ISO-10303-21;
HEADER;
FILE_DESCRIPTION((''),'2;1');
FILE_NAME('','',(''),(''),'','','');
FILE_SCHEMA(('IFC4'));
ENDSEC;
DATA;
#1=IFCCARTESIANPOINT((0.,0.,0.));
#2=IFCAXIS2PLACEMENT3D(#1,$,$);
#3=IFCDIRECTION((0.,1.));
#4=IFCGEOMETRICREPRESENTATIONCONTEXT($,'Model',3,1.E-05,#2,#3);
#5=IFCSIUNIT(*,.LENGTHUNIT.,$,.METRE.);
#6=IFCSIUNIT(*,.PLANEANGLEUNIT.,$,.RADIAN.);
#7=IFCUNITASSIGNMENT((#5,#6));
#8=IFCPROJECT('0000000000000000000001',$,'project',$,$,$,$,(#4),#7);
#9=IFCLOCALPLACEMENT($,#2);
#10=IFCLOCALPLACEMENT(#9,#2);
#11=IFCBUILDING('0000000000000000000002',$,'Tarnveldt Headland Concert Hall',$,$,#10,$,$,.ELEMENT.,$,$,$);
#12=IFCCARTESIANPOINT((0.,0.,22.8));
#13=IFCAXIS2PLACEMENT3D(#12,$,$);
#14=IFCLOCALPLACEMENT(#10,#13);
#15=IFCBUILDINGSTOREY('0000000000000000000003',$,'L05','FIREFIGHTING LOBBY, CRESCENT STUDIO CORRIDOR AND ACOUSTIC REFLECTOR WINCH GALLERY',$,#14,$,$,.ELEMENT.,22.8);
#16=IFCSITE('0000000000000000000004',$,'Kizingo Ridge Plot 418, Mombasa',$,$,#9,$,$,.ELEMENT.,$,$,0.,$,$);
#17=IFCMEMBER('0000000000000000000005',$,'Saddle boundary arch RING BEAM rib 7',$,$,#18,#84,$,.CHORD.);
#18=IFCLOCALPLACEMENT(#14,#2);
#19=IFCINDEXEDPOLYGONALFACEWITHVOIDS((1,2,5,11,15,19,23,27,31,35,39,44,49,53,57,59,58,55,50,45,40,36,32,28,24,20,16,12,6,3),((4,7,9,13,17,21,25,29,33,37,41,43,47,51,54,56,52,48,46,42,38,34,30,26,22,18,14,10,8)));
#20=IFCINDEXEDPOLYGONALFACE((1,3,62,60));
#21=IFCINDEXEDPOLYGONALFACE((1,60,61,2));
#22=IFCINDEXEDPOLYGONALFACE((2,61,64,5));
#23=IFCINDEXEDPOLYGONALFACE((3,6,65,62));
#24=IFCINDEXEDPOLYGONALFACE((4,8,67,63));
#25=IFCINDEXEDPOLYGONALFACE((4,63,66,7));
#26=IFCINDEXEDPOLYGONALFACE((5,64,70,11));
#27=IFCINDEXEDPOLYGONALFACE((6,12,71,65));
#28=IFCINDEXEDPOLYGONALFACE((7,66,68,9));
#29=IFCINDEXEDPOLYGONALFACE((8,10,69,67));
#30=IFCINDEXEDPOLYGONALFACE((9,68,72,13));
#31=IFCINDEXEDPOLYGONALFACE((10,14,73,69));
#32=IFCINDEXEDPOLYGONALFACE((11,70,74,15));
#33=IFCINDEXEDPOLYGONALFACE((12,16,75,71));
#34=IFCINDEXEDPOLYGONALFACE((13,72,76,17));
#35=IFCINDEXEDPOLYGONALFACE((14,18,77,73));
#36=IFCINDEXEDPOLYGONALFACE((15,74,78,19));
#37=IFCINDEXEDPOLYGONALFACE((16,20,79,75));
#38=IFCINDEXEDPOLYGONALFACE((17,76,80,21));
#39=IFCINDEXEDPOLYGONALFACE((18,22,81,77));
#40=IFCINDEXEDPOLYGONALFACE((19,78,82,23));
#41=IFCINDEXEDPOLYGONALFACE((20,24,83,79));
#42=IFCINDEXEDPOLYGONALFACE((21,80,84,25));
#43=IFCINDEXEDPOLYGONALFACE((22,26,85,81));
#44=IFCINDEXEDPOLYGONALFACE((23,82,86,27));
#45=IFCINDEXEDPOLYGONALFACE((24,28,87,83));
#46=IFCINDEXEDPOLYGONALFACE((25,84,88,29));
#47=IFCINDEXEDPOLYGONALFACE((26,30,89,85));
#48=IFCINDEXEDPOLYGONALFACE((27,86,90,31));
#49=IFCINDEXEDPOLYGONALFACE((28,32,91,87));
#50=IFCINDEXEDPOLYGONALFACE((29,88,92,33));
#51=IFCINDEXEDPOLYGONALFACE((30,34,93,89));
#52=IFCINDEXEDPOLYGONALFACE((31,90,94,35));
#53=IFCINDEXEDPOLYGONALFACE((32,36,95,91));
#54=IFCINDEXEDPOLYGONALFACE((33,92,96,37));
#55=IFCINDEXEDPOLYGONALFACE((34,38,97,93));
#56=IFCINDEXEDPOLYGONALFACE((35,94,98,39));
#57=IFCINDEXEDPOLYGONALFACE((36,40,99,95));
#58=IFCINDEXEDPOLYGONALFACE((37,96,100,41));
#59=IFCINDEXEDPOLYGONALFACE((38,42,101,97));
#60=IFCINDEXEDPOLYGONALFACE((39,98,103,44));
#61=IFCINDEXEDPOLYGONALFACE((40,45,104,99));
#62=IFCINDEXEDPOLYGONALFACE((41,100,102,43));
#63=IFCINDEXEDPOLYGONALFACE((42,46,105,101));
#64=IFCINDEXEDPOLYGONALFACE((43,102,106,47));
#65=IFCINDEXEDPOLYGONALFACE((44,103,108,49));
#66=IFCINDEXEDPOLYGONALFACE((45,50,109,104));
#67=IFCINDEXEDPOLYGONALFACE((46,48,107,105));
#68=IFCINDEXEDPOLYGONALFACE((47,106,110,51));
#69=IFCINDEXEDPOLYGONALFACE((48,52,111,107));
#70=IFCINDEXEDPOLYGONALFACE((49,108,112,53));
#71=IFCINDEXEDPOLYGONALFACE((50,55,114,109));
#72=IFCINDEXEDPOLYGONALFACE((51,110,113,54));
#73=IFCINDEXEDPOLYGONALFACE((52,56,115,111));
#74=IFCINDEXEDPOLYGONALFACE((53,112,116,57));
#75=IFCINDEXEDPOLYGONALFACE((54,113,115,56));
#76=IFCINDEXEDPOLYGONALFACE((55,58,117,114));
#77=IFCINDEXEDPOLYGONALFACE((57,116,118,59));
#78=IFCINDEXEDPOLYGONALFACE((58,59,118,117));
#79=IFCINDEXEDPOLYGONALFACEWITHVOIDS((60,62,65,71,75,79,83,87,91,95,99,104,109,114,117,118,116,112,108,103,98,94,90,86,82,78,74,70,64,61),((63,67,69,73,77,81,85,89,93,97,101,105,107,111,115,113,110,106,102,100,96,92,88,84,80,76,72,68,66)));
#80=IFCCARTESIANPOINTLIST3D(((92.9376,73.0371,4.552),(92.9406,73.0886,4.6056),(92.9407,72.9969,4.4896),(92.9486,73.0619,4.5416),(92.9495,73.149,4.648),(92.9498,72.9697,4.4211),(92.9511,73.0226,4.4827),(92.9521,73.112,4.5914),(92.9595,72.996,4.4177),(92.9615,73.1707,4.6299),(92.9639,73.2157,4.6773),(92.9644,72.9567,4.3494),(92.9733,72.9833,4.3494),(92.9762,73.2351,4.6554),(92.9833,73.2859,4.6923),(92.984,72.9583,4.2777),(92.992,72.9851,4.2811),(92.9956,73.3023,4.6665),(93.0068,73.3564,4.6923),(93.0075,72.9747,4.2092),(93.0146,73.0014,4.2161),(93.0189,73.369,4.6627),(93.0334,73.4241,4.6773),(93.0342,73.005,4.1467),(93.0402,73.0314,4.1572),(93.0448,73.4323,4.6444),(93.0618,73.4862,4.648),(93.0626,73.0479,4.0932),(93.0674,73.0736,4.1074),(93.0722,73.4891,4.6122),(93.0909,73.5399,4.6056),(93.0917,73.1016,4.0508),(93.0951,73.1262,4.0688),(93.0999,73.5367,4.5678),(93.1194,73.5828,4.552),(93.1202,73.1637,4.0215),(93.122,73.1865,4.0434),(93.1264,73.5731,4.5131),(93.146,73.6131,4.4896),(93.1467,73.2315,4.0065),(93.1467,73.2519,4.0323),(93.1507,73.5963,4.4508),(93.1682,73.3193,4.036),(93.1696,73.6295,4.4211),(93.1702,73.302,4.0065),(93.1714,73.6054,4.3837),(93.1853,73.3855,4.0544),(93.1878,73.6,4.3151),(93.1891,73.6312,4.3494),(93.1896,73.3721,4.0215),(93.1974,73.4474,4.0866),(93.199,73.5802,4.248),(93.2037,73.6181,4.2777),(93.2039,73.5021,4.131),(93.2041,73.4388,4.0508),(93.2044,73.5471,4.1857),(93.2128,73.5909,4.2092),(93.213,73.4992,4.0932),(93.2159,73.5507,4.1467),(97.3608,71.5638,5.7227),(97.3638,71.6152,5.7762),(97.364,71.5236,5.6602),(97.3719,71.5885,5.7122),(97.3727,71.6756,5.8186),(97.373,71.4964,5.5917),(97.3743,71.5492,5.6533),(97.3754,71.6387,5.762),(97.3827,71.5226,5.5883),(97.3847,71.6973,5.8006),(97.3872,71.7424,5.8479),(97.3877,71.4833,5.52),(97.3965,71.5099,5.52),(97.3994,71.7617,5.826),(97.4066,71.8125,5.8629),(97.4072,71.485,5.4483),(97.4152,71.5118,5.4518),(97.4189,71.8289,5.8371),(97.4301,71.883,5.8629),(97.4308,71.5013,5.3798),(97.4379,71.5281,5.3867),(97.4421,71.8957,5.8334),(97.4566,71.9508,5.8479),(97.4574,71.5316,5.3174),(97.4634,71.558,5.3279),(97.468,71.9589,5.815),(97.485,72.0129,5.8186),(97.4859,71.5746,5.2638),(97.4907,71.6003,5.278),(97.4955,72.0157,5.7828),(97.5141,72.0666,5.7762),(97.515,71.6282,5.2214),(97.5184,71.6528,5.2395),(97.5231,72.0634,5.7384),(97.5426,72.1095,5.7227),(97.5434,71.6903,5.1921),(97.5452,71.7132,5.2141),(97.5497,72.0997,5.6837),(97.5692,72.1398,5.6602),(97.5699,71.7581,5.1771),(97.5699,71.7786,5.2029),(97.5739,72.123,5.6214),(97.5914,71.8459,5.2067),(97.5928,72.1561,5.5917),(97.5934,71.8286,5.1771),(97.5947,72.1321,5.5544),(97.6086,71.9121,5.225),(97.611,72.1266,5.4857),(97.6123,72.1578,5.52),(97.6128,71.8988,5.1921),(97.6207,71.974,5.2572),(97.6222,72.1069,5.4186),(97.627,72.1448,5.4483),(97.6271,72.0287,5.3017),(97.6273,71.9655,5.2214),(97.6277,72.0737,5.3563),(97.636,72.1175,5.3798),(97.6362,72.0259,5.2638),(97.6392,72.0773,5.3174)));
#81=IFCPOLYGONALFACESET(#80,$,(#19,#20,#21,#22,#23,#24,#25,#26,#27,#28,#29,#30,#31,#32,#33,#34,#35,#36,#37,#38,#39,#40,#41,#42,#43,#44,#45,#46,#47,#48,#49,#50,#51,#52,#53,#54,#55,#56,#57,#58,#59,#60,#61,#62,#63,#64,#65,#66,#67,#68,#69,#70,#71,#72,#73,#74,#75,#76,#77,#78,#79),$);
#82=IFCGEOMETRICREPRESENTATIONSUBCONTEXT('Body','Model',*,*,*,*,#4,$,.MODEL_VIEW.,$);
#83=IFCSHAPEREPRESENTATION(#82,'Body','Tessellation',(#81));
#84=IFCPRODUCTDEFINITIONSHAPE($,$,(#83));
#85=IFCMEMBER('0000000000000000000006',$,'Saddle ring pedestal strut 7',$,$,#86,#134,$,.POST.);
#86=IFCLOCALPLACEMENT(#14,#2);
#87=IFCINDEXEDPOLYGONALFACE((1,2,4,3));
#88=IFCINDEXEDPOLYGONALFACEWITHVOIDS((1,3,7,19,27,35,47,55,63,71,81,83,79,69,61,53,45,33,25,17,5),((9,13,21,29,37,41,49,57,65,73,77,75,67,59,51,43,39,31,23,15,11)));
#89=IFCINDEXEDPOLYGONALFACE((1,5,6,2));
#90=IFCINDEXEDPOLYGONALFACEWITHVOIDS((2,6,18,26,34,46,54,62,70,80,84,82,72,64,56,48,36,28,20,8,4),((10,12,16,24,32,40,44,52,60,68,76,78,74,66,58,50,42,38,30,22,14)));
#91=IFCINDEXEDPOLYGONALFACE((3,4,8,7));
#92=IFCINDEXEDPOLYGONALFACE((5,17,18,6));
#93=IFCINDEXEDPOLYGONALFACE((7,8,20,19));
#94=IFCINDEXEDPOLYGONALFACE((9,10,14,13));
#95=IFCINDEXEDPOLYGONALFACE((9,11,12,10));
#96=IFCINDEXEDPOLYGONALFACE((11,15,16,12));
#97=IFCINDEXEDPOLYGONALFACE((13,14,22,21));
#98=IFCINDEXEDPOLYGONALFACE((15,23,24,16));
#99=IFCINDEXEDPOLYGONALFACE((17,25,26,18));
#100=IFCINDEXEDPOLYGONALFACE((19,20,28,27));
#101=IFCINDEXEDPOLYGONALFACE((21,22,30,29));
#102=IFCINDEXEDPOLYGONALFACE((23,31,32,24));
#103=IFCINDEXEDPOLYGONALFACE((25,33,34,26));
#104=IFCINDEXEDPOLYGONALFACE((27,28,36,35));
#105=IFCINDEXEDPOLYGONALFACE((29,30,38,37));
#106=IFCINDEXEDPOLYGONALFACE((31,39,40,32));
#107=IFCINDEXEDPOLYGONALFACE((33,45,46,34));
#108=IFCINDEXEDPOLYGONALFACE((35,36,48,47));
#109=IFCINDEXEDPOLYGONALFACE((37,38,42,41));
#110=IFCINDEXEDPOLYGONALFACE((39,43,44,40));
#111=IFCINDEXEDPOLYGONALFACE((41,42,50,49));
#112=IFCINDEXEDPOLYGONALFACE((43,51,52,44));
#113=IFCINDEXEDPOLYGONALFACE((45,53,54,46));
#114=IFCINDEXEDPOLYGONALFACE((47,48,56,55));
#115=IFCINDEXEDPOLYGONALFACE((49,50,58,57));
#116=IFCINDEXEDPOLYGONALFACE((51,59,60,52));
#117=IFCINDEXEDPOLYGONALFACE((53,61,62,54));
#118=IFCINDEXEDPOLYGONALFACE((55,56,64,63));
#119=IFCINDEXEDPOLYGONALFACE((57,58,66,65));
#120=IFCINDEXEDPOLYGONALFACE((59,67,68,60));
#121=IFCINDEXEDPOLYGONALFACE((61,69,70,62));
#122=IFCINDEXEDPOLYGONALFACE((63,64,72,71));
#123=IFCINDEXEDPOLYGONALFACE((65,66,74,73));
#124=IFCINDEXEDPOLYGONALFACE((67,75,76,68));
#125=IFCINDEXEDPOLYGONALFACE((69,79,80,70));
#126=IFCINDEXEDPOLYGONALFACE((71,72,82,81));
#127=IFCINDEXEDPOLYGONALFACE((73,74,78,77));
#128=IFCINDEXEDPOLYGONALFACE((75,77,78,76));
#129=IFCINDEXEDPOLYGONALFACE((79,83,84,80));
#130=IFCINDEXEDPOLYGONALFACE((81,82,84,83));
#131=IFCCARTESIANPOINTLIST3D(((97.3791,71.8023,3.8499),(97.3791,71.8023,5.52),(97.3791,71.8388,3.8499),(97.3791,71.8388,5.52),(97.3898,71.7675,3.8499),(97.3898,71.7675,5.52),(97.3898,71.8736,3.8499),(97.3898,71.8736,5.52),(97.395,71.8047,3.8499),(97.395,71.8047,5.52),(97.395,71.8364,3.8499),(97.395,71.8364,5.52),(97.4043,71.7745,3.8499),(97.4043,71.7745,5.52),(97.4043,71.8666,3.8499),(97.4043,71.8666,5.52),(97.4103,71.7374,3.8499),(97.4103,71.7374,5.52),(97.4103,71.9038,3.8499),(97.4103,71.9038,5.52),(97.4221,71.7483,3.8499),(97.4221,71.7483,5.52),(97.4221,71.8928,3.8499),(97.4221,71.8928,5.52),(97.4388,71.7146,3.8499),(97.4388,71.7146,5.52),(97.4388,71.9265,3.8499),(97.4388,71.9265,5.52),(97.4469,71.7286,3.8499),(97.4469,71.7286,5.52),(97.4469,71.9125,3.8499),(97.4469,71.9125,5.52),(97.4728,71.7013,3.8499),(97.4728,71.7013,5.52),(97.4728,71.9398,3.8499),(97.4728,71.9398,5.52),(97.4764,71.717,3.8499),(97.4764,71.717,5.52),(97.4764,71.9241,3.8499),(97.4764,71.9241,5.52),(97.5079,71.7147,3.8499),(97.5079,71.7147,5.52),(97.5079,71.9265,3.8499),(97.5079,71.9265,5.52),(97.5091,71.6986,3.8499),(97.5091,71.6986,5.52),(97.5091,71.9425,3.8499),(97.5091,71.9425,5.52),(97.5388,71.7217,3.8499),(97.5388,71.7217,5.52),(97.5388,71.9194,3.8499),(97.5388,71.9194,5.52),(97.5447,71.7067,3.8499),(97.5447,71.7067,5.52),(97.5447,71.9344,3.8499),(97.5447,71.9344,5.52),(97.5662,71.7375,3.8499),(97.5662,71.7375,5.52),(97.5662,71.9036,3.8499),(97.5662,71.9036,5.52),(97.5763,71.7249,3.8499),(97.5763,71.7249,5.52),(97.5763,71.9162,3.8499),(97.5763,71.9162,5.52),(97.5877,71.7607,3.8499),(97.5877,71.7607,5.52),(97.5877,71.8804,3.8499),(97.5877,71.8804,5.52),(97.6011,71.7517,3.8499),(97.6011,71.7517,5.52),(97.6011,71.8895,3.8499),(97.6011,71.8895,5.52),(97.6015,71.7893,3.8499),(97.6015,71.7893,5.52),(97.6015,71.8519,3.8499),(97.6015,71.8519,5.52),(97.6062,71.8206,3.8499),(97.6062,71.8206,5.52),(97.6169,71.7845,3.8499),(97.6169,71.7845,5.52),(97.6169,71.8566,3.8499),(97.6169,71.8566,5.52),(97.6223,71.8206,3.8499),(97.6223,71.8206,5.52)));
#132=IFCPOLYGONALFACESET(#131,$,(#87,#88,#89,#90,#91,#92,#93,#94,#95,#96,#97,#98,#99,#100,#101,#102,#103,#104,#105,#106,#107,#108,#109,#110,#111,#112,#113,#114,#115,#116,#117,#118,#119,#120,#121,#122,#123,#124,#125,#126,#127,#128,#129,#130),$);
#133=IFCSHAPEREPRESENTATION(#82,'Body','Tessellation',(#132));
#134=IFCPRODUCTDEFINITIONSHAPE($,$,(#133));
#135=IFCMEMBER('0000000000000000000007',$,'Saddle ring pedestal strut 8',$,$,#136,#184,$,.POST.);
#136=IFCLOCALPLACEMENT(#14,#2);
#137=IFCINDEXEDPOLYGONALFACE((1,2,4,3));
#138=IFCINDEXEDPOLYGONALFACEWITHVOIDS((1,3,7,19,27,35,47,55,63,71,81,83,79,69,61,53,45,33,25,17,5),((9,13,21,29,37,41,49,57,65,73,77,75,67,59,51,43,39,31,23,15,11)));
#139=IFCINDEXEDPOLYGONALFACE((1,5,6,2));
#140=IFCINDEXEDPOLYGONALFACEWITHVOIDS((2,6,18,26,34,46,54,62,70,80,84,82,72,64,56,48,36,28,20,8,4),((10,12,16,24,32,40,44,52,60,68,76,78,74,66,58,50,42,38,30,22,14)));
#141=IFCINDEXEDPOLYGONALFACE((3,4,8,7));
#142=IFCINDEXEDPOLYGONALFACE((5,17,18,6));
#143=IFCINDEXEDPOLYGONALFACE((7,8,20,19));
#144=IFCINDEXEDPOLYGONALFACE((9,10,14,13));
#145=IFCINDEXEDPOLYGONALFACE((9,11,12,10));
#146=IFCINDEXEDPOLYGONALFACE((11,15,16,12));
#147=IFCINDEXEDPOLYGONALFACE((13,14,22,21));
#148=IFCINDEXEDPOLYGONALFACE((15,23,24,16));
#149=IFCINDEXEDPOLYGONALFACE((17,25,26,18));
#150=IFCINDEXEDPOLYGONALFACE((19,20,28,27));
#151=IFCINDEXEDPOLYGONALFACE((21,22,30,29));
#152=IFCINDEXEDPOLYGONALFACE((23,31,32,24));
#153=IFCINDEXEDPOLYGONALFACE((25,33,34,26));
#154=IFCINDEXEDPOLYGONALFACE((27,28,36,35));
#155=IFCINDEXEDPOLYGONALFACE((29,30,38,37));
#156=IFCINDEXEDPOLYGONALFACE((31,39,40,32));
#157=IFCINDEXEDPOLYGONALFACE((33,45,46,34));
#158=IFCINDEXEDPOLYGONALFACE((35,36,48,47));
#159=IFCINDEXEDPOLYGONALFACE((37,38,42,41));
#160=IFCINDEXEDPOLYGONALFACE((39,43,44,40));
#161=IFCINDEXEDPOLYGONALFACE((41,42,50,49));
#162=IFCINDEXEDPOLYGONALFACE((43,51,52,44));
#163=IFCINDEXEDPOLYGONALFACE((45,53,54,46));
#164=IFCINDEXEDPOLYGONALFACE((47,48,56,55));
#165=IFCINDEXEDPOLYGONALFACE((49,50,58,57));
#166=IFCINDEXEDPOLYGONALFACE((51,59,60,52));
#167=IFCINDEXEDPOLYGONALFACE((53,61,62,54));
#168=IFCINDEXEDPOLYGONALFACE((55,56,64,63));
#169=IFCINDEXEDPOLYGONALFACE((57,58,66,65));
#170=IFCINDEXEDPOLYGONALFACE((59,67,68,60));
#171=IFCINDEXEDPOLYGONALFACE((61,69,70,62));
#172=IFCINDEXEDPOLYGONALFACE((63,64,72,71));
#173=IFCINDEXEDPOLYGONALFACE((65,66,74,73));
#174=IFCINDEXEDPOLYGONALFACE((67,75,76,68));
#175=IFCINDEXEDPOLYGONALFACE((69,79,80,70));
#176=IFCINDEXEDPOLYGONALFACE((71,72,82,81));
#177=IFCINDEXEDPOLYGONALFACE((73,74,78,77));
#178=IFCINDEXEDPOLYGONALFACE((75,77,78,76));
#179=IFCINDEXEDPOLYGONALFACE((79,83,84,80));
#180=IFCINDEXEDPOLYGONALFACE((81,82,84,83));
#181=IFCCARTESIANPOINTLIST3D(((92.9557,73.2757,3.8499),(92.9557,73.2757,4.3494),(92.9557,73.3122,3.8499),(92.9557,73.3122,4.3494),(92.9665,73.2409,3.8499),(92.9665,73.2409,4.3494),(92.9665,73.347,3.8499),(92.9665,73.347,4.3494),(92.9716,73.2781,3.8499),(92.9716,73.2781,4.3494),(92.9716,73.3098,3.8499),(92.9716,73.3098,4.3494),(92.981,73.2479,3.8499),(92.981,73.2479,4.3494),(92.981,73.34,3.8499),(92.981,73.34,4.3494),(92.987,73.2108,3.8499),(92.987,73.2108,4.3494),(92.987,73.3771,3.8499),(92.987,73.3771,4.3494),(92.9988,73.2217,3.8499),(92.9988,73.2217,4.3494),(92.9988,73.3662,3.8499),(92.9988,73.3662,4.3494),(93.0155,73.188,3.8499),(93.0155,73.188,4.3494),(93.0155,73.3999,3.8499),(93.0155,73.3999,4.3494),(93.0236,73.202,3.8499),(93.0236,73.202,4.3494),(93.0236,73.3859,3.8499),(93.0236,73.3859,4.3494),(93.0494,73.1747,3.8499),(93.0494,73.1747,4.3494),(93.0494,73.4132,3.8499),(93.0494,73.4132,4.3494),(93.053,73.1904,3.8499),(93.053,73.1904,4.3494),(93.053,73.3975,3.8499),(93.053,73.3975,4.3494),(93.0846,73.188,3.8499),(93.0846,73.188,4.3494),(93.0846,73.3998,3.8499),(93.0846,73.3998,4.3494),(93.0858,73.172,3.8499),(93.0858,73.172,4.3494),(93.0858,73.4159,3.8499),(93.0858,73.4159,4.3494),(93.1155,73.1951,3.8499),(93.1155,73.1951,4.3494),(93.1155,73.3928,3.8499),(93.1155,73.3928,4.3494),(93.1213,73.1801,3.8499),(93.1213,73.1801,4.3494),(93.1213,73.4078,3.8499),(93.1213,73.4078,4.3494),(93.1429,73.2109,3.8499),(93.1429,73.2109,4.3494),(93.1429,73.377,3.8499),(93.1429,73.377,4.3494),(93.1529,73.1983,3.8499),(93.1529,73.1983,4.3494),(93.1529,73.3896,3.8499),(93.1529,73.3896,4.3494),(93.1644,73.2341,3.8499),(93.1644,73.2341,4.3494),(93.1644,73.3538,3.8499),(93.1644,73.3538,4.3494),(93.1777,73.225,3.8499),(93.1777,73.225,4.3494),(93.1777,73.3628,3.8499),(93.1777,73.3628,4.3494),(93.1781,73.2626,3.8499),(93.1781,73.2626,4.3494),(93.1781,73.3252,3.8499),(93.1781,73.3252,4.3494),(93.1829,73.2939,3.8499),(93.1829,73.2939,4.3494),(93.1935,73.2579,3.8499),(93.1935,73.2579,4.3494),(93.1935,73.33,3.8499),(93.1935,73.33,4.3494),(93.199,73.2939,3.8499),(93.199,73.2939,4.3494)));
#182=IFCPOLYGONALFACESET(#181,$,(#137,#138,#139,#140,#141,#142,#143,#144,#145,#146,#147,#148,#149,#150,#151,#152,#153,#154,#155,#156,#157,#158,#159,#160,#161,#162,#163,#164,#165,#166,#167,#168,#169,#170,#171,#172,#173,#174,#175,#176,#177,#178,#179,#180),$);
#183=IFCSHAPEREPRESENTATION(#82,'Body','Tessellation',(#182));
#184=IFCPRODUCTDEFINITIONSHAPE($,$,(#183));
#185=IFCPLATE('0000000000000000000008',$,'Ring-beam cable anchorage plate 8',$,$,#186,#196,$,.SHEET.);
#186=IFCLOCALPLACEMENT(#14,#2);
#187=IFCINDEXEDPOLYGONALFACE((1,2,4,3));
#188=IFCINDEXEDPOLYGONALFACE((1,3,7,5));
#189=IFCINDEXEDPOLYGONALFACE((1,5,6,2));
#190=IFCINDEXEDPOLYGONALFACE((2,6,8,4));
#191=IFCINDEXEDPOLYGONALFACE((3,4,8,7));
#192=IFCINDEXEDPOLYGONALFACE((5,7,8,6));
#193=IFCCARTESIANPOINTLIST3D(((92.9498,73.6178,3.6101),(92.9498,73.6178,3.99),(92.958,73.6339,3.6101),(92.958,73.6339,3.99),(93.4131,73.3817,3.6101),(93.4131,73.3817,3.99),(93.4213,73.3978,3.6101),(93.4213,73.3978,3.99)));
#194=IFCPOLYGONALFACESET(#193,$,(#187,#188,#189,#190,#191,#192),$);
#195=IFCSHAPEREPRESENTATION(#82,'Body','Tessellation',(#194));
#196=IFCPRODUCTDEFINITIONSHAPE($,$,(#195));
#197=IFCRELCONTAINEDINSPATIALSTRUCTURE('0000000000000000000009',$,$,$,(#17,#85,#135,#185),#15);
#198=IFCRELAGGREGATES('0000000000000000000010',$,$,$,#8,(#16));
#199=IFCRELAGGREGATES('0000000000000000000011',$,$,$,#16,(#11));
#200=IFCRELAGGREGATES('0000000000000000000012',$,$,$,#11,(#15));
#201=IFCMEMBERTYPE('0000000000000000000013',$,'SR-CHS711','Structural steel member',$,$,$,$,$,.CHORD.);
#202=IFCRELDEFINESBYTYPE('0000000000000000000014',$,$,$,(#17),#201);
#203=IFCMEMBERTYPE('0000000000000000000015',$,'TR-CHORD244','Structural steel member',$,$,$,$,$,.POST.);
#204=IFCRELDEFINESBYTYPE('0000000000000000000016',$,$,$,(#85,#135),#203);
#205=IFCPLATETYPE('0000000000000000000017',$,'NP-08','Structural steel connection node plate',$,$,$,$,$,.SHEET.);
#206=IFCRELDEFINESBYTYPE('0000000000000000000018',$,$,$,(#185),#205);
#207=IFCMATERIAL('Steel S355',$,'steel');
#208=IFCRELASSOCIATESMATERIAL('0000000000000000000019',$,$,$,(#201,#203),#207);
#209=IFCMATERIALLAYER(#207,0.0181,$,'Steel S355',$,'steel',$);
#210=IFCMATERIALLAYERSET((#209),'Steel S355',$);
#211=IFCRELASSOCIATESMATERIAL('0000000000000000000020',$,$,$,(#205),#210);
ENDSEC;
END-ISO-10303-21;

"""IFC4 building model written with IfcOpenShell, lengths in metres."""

from ifc_helpers import new_model, si_unit, direction, frame, origin, origin_2d, place, context, subcontext, project, spatial, rectangle, hollow_circle, extrude, material, layer, layer_set, material_profile, profile_set, type_object, element, save


model = new_model("IFC4")

# Units and contexts
model_context = context("Model", 3, precision=1e-05, world=origin(), true_north=direction((0.0, 1.0)))
body_context = subcontext(model_context, "Body", "Model", "MODEL_VIEW")
ifc_project = project(units=[si_unit("LENGTHUNIT", "METRE"), si_unit("PLANEANGLEUNIT", "RADIAN")], contexts=[model_context])

# Site, building, storey
site_placement = place(None, origin())
site = spatial("IfcSite", under=ifc_project, at=site_placement, Name="Kizingo Ridge Plot 418, Mombasa", CompositionType="ELEMENT", RefElevation=0.0)
building_placement = place(site_placement, origin())
building = spatial("IfcBuilding", under=site, at=building_placement, Name="Tarnveldt Headland Concert Hall", CompositionType="ELEMENT")
storey_placement = place(building_placement, frame((0.0, 0.0, 22.8)))
storey = spatial("IfcBuildingStorey", under=building, at=storey_placement, Name="L05", Description="FIREFIGHTING LOBBY, CRESCENT STUDIO CORRIDOR AND ACOUSTIC REFLECTOR WINCH GALLERY", CompositionType="ELEMENT", Elevation=22.8)

# Shared definitions
ifc_material_1 = material(Name="Steel S355", Category="steel")

# Members
ifc_material_profile_1 = material_profile(ifc_material_1, hollow_circle(Radius=0.3555, WallThickness=0.0281, at=origin_2d()), Name="CHS 711x28", Category="steel")
ifc_profile_set_1 = profile_set([ifc_material_profile_1], Name="Steel S355")
member_type_1 = type_object("IfcMemberType", Name="SR-CHS711", Description="Structural steel member", PredefinedType="CHORD", material=ifc_profile_set_1)
member_1_placement = place(storey_placement, frame((97.5, 71.8206, 5.52), z_axis=(-0.920187, 0.306509, -0.243531), x_axis=(-0.316024, -0.948751, 0.0)))
element("IfcMember", 1, at=member_1_placement, inside=storey, type_object=member_type_1, Name="Saddle boundary arch RING BEAM rib 7", PredefinedType="CHORD", context=body_context, shape_type="SweptSolid", body=[
    extrude(hollow_circle(Radius=0.3555, WallThickness=0.0281, at=origin_2d()), origin(), (0.0, 0.0, 1.0), 4.8069),
])
ifc_material_profile_2 = material_profile(ifc_material_1, hollow_circle(Radius=0.1223, WallThickness=0.0161, at=origin_2d()), Name="CHS 244.5x16", Category="steel")
ifc_profile_set_2 = profile_set([ifc_material_profile_2], Name="Steel S355")
member_type_2 = type_object("IfcMemberType", Name="TR-CHORD244", Description="Structural steel member", PredefinedType="POST", material=ifc_profile_set_2)
member_2_placement = place(storey_placement, frame((97.5, 71.8206, 3.8499), z_axis=(0.0, 0.0, 1.0), x_axis=(1.0, 0.0, 0.0)))
element("IfcMember", 2, at=member_2_placement, inside=storey, type_object=member_type_2, Name="Saddle ring pedestal strut 7", PredefinedType="POST", context=body_context, shape_type="SweptSolid", body=[
    extrude(hollow_circle(Radius=0.1223, WallThickness=0.0161, at=origin_2d()), origin(), (0.0, 0.0, 1.0), 1.6702),
])
member_3_placement = place(storey_placement, frame((93.0767, 73.2939, 3.8499), z_axis=(0.0, 0.0, 1.0), x_axis=(1.0, 0.0, 0.0)))
element("IfcMember", 3, at=member_3_placement, inside=storey, type_object=member_type_2, Name="Saddle ring pedestal strut 8", PredefinedType="POST", context=body_context, shape_type="SweptSolid", body=[
    extrude(hollow_circle(Radius=0.1223, WallThickness=0.0161, at=origin_2d()), origin(), (0.0, 0.0, 1.0), 0.4995),
])

# Plate
ifc_layer_1 = layer(ifc_material_1, 0.0181, Name="Steel S355", Category="steel")
ifc_layer_set_1 = layer_set([ifc_layer_1], Name="Steel S355")
plate_type = type_object("IfcPlateType", Name="NP-08", Description="Structural steel connection node plate", PredefinedType="SHEET", material=ifc_layer_set_1)
plate_placement = place(storey_placement, frame((93.1855, 73.5078, 3.6101), z_axis=(0.0, 0.0, 1.0), x_axis=(-0.891007, 0.45399, 0.0)))
element("IfcPlate", 4, at=plate_placement, inside=storey, type_object=plate_type, Name="Ring-beam cable anchorage plate 8", PredefinedType="SHEET", context=body_context, shape_type="SweptSolid", body=[
    extrude(rectangle(XDim=0.52, YDim=0.0181, at=origin_2d()), origin(), (0.0, 0.0, 1.0), 0.3799),
])

save(model, "model.ifc")
